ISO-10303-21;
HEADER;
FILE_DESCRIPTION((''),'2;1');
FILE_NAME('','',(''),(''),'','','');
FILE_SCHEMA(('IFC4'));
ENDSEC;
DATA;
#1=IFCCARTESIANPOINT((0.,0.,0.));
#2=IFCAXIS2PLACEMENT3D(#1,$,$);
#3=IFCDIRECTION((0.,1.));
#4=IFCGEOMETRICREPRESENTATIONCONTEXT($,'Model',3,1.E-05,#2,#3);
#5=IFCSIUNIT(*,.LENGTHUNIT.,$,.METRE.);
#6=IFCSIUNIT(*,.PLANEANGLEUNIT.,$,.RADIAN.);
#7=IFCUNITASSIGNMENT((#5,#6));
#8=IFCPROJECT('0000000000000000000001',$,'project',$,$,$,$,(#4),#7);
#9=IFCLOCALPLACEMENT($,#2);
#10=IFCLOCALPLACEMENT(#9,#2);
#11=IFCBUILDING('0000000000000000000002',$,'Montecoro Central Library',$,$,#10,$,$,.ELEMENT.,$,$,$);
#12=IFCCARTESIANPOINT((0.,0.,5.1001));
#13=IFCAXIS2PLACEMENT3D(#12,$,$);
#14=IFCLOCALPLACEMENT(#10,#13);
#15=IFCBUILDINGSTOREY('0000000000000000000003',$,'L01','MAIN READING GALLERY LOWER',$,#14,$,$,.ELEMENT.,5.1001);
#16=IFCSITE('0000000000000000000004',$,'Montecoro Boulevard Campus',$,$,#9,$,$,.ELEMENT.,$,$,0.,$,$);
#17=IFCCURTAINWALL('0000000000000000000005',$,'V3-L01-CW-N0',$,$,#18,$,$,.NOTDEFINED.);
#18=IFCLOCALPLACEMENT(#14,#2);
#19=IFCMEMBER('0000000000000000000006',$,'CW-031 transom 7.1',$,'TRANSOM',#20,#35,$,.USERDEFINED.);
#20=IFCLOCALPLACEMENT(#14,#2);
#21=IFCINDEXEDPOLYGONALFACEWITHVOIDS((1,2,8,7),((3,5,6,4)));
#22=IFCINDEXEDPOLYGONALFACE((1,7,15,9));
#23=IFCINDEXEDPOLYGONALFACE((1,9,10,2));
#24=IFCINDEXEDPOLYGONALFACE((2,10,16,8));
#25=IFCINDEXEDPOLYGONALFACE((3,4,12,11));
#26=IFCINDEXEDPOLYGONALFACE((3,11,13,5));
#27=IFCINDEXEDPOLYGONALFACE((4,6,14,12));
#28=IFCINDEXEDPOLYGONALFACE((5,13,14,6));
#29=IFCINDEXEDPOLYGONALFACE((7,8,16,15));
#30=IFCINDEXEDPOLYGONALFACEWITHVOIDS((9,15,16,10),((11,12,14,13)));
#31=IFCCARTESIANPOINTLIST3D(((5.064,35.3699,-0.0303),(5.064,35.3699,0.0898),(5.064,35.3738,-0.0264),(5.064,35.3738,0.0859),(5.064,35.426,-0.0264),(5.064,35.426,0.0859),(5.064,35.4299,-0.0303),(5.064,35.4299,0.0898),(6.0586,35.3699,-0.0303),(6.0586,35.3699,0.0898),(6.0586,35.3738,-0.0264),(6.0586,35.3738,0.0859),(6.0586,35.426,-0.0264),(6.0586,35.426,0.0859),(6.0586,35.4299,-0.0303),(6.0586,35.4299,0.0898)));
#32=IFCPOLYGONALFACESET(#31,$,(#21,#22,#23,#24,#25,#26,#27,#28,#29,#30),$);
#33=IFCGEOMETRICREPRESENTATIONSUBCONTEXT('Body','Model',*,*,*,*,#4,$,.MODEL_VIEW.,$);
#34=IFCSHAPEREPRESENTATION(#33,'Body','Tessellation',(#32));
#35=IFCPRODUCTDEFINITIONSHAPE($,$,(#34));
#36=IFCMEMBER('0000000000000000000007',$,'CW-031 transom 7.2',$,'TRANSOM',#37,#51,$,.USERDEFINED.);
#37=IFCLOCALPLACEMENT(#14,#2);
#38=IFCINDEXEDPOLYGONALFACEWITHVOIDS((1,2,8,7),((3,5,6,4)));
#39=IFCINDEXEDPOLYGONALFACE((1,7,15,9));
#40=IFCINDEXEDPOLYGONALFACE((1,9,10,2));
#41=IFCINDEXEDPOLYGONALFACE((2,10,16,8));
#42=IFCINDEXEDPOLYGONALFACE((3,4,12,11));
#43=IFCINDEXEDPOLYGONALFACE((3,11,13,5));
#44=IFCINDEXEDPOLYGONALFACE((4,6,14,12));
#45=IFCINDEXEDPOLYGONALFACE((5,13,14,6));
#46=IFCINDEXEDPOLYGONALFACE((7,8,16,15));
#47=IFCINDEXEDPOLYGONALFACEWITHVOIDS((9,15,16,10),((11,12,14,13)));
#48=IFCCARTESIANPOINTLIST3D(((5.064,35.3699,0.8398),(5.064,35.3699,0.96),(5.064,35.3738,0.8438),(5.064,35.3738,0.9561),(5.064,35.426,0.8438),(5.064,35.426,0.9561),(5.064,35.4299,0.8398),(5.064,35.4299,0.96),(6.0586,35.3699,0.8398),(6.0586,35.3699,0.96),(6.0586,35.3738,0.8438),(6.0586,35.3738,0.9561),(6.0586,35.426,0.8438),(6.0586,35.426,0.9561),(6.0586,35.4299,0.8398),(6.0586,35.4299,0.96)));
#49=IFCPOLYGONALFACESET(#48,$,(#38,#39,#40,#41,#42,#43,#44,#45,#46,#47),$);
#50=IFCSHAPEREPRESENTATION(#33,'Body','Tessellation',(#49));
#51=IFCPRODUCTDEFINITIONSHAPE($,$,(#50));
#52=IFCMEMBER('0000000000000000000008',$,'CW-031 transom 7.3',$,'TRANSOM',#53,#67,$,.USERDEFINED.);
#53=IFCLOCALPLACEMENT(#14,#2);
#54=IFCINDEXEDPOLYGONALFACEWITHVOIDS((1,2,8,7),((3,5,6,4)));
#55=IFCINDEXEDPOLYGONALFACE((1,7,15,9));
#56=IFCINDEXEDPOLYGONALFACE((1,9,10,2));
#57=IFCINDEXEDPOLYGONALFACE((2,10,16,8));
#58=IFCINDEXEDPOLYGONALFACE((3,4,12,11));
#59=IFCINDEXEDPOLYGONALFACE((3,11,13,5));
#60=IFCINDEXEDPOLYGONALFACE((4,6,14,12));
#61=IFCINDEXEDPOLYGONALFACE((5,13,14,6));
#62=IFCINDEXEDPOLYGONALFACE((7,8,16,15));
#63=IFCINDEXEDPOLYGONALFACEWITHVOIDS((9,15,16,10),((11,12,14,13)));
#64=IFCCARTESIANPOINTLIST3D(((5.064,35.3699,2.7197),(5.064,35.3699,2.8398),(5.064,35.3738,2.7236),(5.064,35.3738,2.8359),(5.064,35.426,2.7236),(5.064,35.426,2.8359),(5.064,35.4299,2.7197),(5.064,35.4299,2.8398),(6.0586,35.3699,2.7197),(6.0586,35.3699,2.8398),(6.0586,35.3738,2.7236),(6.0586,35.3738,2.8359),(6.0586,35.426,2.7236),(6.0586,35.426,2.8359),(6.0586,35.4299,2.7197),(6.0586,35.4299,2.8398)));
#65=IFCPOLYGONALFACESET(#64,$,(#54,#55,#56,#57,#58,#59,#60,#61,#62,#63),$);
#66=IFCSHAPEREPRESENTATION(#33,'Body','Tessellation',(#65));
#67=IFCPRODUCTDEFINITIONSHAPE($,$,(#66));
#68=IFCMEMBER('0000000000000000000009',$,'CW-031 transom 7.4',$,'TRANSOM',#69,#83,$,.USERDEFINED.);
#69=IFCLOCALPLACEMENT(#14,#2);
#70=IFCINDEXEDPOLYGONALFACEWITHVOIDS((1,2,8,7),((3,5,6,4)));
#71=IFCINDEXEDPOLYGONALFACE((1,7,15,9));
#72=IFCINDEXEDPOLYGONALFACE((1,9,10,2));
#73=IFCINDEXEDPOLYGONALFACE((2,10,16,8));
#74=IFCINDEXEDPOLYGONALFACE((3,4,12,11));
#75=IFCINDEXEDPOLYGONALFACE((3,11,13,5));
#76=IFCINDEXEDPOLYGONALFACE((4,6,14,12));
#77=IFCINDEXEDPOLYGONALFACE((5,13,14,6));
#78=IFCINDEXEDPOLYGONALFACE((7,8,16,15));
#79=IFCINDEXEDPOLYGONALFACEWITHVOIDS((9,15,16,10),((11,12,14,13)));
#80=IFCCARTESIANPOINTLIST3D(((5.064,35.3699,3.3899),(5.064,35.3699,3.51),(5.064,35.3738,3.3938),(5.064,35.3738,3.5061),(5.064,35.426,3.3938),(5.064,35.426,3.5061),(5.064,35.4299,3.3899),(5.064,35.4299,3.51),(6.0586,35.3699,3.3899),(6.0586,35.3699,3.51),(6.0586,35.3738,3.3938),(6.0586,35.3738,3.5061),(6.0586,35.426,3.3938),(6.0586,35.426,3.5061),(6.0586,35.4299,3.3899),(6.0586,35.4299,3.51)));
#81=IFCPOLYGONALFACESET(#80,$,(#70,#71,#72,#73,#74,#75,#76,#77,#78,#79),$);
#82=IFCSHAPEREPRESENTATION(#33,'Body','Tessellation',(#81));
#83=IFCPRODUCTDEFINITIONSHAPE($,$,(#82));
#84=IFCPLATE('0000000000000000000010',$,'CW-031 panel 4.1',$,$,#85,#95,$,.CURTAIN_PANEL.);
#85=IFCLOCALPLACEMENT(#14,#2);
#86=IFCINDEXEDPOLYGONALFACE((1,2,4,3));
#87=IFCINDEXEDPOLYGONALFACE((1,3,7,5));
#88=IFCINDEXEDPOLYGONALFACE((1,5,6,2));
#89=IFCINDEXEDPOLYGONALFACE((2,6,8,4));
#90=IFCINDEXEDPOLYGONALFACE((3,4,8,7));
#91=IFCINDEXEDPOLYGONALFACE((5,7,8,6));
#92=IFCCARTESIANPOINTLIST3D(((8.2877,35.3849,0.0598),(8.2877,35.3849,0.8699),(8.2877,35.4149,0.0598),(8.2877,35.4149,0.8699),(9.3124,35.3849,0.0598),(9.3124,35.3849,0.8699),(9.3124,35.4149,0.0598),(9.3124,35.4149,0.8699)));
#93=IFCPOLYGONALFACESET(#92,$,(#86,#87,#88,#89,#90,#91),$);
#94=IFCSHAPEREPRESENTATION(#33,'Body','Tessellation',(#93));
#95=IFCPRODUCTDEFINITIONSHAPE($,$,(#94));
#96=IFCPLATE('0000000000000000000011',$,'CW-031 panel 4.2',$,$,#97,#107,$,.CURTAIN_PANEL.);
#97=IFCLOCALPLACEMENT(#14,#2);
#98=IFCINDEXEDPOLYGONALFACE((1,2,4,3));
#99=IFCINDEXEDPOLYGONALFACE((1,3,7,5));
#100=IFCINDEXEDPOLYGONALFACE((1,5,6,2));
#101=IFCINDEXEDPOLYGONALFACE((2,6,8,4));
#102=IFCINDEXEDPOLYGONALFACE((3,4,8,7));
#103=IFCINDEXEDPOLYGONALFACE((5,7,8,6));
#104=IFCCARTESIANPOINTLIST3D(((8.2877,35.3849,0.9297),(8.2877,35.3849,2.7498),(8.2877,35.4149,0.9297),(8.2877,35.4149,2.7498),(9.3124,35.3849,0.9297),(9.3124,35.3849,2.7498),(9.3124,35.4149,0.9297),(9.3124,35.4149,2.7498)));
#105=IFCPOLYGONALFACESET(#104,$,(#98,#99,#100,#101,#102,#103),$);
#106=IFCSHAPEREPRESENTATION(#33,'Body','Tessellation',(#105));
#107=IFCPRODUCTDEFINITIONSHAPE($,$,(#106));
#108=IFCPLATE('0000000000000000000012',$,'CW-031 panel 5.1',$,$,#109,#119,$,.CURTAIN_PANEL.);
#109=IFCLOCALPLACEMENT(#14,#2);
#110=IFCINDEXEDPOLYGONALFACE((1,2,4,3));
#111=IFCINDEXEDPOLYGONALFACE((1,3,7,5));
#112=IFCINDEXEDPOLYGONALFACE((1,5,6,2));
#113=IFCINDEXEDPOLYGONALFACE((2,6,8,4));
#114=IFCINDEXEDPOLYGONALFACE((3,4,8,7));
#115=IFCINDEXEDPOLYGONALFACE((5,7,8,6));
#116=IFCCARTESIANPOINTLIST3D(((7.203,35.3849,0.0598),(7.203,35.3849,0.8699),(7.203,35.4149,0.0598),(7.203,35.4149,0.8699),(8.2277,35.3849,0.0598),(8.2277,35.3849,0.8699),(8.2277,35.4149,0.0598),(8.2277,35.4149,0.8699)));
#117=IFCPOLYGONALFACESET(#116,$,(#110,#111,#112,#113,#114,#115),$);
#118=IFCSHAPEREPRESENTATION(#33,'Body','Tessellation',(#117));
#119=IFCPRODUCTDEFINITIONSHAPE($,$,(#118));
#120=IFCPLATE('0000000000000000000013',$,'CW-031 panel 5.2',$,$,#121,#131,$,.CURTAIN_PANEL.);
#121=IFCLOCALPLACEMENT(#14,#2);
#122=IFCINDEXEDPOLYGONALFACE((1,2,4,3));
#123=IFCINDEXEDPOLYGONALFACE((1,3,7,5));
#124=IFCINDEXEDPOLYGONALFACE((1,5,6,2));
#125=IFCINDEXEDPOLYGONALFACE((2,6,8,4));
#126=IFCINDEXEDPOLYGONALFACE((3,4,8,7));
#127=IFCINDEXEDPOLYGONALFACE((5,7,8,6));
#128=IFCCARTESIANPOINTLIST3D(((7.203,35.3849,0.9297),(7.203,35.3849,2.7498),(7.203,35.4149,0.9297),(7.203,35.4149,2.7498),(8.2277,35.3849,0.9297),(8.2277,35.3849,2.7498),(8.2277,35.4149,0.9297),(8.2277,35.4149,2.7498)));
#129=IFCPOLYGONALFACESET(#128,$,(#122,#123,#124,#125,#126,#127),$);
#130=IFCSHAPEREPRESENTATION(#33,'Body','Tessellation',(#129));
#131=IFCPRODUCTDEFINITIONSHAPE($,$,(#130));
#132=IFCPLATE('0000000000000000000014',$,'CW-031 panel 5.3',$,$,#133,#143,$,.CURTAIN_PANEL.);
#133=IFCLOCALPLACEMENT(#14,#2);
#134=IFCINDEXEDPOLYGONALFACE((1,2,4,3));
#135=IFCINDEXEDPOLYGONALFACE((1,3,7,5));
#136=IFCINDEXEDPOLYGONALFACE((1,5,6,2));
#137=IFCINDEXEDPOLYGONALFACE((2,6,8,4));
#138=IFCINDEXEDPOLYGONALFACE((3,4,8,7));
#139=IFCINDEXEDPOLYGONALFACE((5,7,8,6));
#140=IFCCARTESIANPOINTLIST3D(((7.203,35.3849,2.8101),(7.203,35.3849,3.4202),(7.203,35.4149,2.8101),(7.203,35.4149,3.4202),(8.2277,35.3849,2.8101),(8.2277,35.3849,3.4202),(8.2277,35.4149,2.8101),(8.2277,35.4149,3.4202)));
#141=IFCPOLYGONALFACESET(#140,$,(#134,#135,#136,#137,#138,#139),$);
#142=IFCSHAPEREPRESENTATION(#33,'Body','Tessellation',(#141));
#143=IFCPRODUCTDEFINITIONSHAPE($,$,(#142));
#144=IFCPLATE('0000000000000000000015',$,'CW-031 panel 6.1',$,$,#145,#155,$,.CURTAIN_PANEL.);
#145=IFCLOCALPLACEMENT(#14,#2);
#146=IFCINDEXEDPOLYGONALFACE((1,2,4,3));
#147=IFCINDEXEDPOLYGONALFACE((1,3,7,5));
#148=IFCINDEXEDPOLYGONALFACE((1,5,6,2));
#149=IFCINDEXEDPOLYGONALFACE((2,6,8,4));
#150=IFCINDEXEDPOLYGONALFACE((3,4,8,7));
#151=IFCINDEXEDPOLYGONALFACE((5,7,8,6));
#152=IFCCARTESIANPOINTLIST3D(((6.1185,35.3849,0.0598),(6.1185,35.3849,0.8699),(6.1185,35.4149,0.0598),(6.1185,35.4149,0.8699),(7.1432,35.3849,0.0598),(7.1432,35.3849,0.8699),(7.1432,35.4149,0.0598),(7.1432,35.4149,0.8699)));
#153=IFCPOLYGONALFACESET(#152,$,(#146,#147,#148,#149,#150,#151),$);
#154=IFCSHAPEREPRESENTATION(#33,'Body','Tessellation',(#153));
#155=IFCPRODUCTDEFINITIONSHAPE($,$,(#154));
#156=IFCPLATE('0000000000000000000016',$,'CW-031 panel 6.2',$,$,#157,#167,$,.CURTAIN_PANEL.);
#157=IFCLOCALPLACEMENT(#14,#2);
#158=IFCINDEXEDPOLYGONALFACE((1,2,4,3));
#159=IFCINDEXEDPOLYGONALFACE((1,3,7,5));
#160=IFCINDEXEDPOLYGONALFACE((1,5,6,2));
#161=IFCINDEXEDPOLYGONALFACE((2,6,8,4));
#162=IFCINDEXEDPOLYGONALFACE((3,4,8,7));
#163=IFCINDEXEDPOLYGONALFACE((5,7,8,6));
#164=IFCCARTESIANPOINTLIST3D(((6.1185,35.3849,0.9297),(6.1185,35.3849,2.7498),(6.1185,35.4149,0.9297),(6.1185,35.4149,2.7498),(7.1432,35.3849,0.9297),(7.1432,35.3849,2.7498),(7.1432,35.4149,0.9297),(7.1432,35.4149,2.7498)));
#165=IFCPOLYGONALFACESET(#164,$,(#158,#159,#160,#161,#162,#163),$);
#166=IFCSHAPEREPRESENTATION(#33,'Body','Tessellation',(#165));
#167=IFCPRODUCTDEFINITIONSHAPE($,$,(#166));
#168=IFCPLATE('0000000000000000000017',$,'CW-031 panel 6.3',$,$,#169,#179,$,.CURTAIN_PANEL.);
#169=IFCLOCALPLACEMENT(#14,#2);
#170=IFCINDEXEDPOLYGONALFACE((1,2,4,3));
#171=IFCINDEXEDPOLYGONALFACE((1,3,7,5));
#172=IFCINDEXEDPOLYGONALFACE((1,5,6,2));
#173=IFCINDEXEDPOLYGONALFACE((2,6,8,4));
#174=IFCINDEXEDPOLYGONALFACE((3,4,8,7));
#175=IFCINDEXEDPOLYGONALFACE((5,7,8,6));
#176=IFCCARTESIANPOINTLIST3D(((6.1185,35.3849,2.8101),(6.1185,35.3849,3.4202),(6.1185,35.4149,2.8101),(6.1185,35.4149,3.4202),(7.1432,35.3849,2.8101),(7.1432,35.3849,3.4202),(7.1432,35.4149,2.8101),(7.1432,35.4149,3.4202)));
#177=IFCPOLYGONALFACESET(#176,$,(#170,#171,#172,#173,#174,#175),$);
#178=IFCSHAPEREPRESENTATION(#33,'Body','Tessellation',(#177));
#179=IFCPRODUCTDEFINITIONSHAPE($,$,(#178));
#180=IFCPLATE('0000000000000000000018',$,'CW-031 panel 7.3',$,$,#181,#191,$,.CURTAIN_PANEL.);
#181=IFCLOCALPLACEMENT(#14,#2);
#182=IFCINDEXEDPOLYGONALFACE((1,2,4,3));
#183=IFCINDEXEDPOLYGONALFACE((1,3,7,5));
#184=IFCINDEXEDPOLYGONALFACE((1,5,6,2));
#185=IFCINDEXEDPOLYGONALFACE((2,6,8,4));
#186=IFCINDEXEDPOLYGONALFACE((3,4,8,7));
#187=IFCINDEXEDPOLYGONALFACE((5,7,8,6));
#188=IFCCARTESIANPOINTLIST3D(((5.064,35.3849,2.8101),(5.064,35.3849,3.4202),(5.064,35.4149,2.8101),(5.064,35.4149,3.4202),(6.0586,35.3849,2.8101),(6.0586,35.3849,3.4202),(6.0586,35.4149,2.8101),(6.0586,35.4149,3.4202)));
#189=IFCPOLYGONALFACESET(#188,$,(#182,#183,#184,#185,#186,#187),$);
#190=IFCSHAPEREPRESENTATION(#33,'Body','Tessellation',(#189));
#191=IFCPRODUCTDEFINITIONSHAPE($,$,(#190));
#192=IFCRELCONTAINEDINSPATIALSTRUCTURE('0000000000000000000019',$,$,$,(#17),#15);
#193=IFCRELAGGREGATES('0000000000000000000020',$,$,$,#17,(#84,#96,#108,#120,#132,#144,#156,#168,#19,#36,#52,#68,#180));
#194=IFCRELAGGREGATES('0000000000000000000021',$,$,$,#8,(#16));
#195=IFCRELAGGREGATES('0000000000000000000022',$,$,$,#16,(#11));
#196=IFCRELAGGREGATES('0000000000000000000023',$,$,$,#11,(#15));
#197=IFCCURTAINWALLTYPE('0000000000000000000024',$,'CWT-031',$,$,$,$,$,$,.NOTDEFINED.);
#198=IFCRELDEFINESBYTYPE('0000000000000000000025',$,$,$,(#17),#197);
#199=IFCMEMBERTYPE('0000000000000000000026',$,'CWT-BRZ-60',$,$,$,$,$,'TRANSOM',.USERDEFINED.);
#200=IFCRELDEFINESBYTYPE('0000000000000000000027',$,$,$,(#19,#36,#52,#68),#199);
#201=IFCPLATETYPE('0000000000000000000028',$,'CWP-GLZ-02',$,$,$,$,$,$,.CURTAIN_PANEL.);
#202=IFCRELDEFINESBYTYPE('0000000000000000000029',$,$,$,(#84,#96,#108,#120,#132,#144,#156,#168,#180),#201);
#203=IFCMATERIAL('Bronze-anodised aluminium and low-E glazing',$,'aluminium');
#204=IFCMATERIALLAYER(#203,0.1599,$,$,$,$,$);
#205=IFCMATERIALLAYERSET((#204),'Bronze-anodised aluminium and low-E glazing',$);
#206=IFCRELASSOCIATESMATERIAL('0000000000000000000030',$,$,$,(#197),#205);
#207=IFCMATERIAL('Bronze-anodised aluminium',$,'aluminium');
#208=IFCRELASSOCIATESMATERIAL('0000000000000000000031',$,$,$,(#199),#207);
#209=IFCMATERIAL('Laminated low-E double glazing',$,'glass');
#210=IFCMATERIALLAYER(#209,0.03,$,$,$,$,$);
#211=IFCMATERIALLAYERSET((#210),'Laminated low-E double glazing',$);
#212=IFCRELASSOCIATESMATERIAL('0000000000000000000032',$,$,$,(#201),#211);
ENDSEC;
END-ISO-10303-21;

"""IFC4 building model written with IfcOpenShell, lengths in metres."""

from ifc_helpers import new_model, si_unit, direction, frame, origin, origin_2d, place, context, subcontext, project, spatial, rectangle, hollow_rectangle, extrude, material, layer, layer_set, material_profile, profile_set, type_object, element, aggregate, save


model = new_model("IFC4")

# Units and contexts
model_context = context("Model", 3, precision=1e-05, world=origin(), true_north=direction((0.0, 1.0)))
body_context = subcontext(model_context, "Body", "Model", "MODEL_VIEW")
ifc_project = project(units=[si_unit("LENGTHUNIT", "METRE"), si_unit("PLANEANGLEUNIT", "RADIAN")], contexts=[model_context])

# Site, building, storey
site_placement = place(None, origin())
site = spatial("IfcSite", under=ifc_project, at=site_placement, Name="Montecoro Boulevard Campus", CompositionType="ELEMENT", RefElevation=0.0)
building_placement = place(site_placement, origin())
building = spatial("IfcBuilding", under=site, at=building_placement, Name="Montecoro Central Library", CompositionType="ELEMENT")
storey_placement = place(building_placement, frame((0.0, 0.0, 5.1001)))
storey = spatial("IfcBuildingStorey", under=building, at=storey_placement, Name="L01", Description="MAIN READING GALLERY LOWER", CompositionType="ELEMENT", Elevation=5.1001)

# Curtain wall, members, plates
ifc_material_1 = material(Name="Bronze-anodised aluminium and low-E glazing", Category="aluminium")
ifc_layer_1 = layer(ifc_material_1, 0.1599)
ifc_layer_set_1 = layer_set([ifc_layer_1], Name="Bronze-anodised aluminium and low-E glazing")
curtain_wall_type = type_object("IfcCurtainWallType", Name="CWT-031", PredefinedType="NOTDEFINED", material=ifc_layer_set_1)
curtain_wall_placement = place(storey_placement, origin())
curtain_wall = element("IfcCurtainWall", 1, at=curtain_wall_placement, inside=storey, type_object=curtain_wall_type, Name="V3-L01-CW-N0", PredefinedType="NOTDEFINED")
ifc_material_2 = material(Name="Bronze-anodised aluminium", Category="aluminium")
ifc_material_profile_1 = material_profile(ifc_material_2, hollow_rectangle(XDim=0.0601, YDim=0.1201, WallThickness=0.0039, at=origin_2d()), Name="CWT 120x60x4.0")
ifc_profile_set_1 = profile_set([ifc_material_profile_1], Name="Bronze-anodised aluminium")
member_type_1 = type_object("IfcMemberType", Name="CWT-BRZ-60", ElementType="TRANSOM", PredefinedType="USERDEFINED", material=ifc_profile_set_1)
member_1_placement = place(storey_placement, frame((6.0586, 35.3999, 0.0298), z_axis=(-1.0, 0.0, 0.0), x_axis=(0.0, -1.0, 0.0)))
member_1 = element("IfcMember", 2, at=member_1_placement, type_object=member_type_1, Name="CW-031 transom 7.1", ObjectType="TRANSOM", PredefinedType="USERDEFINED", context=body_context, shape_type="SweptSolid", body=[
    extrude(hollow_rectangle(XDim=0.0601, YDim=0.1201, WallThickness=0.0039, at=origin_2d()), origin(), (0.0, 0.0, 1.0), 0.9946),
])
member_2_placement = place(storey_placement, frame((6.0586, 35.3999, 0.8999), z_axis=(-1.0, 0.0, 0.0), x_axis=(0.0, -1.0, 0.0)))
member_2 = element("IfcMember", 3, at=member_2_placement, type_object=member_type_1, Name="CW-031 transom 7.2", ObjectType="TRANSOM", PredefinedType="USERDEFINED", context=body_context, shape_type="SweptSolid", body=[
    extrude(hollow_rectangle(XDim=0.0601, YDim=0.1201, WallThickness=0.0039, at=origin_2d()), origin(), (0.0, 0.0, 1.0), 0.9946),
])
member_3_placement = place(storey_placement, frame((6.0586, 35.3999, 2.7798), z_axis=(-1.0, 0.0, 0.0), x_axis=(0.0, -1.0, 0.0)))
member_3 = element("IfcMember", 4, at=member_3_placement, type_object=member_type_1, Name="CW-031 transom 7.3", ObjectType="TRANSOM", PredefinedType="USERDEFINED", context=body_context, shape_type="SweptSolid", body=[
    extrude(hollow_rectangle(XDim=0.0601, YDim=0.1201, WallThickness=0.0039, at=origin_2d()), origin(), (0.0, 0.0, 1.0), 0.9946),
])
member_4_placement = place(storey_placement, frame((6.0586, 35.3999, 3.45), z_axis=(-1.0, 0.0, 0.0), x_axis=(0.0, -1.0, 0.0)))
member_4 = element("IfcMember", 5, at=member_4_placement, type_object=member_type_1, Name="CW-031 transom 7.4", ObjectType="TRANSOM", PredefinedType="USERDEFINED", context=body_context, shape_type="SweptSolid", body=[
    extrude(hollow_rectangle(XDim=0.0601, YDim=0.1201, WallThickness=0.0039, at=origin_2d()), origin(), (0.0, 0.0, 1.0), 0.9946),
])
ifc_material_3 = material(Name="Laminated low-E double glazing", Category="glass")
ifc_layer_2 = layer(ifc_material_3, 0.03)
ifc_layer_set_2 = layer_set([ifc_layer_2], Name="Laminated low-E double glazing")
plate_type = type_object("IfcPlateType", Name="CWP-GLZ-02", PredefinedType="CURTAIN_PANEL", material=ifc_layer_set_2)
plate_1_placement = place(storey_placement, frame((8.8, 35.3999, 0.0598), z_axis=(0.0, 0.0, 1.0), x_axis=(-1.0, 0.0, 0.0)))
plate_1 = element("IfcPlate", 6, at=plate_1_placement, type_object=plate_type, Name="CW-031 panel 4.1", PredefinedType="CURTAIN_PANEL", context=body_context, shape_type="SweptSolid", body=[
    extrude(rectangle(XDim=1.0247, YDim=0.03, at=origin_2d()), origin(), (0.0, 0.0, 1.0), 0.8101),
])
plate_2_placement = place(storey_placement, frame((8.8, 35.3999, 0.9297), z_axis=(0.0, 0.0, 1.0), x_axis=(-1.0, 0.0, 0.0)))
plate_2 = element("IfcPlate", 7, at=plate_2_placement, type_object=plate_type, Name="CW-031 panel 4.2", PredefinedType="CURTAIN_PANEL", context=body_context, shape_type="SweptSolid", body=[
    extrude(rectangle(XDim=1.0247, YDim=0.03, at=origin_2d()), origin(), (0.0, 0.0, 1.0), 1.8201),
])
plate_3_placement = place(storey_placement, frame((7.7153, 35.3999, 0.0598), z_axis=(0.0, 0.0, 1.0), x_axis=(-1.0, 0.0, 0.0)))
plate_3 = element("IfcPlate", 8, at=plate_3_placement, type_object=plate_type, Name="CW-031 panel 5.1", PredefinedType="CURTAIN_PANEL", context=body_context, shape_type="SweptSolid", body=[
    extrude(rectangle(XDim=1.0247, YDim=0.03, at=origin_2d()), origin(), (0.0, 0.0, 1.0), 0.8101),
])
plate_4_placement = place(storey_placement, frame((7.7153, 35.3999, 0.9297), z_axis=(0.0, 0.0, 1.0), x_axis=(-1.0, 0.0, 0.0)))
plate_4 = element("IfcPlate", 9, at=plate_4_placement, type_object=plate_type, Name="CW-031 panel 5.2", PredefinedType="CURTAIN_PANEL", context=body_context, shape_type="SweptSolid", body=[
    extrude(rectangle(XDim=1.0247, YDim=0.03, at=origin_2d()), origin(), (0.0, 0.0, 1.0), 1.8201),
])
plate_5_placement = place(storey_placement, frame((7.7153, 35.3999, 2.8101), z_axis=(0.0, 0.0, 1.0), x_axis=(-1.0, 0.0, 0.0)))
plate_5 = element("IfcPlate", 10, at=plate_5_placement, type_object=plate_type, Name="CW-031 panel 5.3", PredefinedType="CURTAIN_PANEL", context=body_context, shape_type="SweptSolid", body=[
    extrude(rectangle(XDim=1.0247, YDim=0.03, at=origin_2d()), origin(), (0.0, 0.0, 1.0), 0.6101),
])
plate_6_placement = place(storey_placement, frame((6.6309, 35.3999, 0.0598), z_axis=(0.0, 0.0, 1.0), x_axis=(-1.0, 0.0, 0.0)))
plate_6 = element("IfcPlate", 11, at=plate_6_placement, type_object=plate_type, Name="CW-031 panel 6.1", PredefinedType="CURTAIN_PANEL", context=body_context, shape_type="SweptSolid", body=[
    extrude(rectangle(XDim=1.0247, YDim=0.03, at=origin_2d()), origin(), (0.0, 0.0, 1.0), 0.8101),
])
plate_7_placement = place(storey_placement, frame((6.6309, 35.3999, 0.9297), z_axis=(0.0, 0.0, 1.0), x_axis=(-1.0, 0.0, 0.0)))
plate_7 = element("IfcPlate", 12, at=plate_7_placement, type_object=plate_type, Name="CW-031 panel 6.2", PredefinedType="CURTAIN_PANEL", context=body_context, shape_type="SweptSolid", body=[
    extrude(rectangle(XDim=1.0247, YDim=0.03, at=origin_2d()), origin(), (0.0, 0.0, 1.0), 1.8201),
])
plate_8_placement = place(storey_placement, frame((6.6309, 35.3999, 2.8101), z_axis=(0.0, 0.0, 1.0), x_axis=(-1.0, 0.0, 0.0)))
plate_8 = element("IfcPlate", 13, at=plate_8_placement, type_object=plate_type, Name="CW-031 panel 6.3", PredefinedType="CURTAIN_PANEL", context=body_context, shape_type="SweptSolid", body=[
    extrude(rectangle(XDim=1.0247, YDim=0.03, at=origin_2d()), origin(), (0.0, 0.0, 1.0), 0.6101),
])
plate_9_placement = place(storey_placement, frame((5.5613, 35.3999, 2.8101), z_axis=(0.0, 0.0, 1.0), x_axis=(-1.0, 0.0, 0.0)))
plate_9 = element("IfcPlate", 14, at=plate_9_placement, type_object=plate_type, Name="CW-031 panel 7.3", PredefinedType="CURTAIN_PANEL", context=body_context, shape_type="SweptSolid", body=[
    extrude(rectangle(XDim=0.9946, YDim=0.03, at=origin_2d()), origin(), (0.0, 0.0, 1.0), 0.6101),
])
aggregate(curtain_wall, [plate_1, plate_2, plate_3, plate_4, plate_5, plate_6, plate_7, plate_8, member_1, member_2, member_3, member_4, plate_9])

save(model, "model.ifc")
